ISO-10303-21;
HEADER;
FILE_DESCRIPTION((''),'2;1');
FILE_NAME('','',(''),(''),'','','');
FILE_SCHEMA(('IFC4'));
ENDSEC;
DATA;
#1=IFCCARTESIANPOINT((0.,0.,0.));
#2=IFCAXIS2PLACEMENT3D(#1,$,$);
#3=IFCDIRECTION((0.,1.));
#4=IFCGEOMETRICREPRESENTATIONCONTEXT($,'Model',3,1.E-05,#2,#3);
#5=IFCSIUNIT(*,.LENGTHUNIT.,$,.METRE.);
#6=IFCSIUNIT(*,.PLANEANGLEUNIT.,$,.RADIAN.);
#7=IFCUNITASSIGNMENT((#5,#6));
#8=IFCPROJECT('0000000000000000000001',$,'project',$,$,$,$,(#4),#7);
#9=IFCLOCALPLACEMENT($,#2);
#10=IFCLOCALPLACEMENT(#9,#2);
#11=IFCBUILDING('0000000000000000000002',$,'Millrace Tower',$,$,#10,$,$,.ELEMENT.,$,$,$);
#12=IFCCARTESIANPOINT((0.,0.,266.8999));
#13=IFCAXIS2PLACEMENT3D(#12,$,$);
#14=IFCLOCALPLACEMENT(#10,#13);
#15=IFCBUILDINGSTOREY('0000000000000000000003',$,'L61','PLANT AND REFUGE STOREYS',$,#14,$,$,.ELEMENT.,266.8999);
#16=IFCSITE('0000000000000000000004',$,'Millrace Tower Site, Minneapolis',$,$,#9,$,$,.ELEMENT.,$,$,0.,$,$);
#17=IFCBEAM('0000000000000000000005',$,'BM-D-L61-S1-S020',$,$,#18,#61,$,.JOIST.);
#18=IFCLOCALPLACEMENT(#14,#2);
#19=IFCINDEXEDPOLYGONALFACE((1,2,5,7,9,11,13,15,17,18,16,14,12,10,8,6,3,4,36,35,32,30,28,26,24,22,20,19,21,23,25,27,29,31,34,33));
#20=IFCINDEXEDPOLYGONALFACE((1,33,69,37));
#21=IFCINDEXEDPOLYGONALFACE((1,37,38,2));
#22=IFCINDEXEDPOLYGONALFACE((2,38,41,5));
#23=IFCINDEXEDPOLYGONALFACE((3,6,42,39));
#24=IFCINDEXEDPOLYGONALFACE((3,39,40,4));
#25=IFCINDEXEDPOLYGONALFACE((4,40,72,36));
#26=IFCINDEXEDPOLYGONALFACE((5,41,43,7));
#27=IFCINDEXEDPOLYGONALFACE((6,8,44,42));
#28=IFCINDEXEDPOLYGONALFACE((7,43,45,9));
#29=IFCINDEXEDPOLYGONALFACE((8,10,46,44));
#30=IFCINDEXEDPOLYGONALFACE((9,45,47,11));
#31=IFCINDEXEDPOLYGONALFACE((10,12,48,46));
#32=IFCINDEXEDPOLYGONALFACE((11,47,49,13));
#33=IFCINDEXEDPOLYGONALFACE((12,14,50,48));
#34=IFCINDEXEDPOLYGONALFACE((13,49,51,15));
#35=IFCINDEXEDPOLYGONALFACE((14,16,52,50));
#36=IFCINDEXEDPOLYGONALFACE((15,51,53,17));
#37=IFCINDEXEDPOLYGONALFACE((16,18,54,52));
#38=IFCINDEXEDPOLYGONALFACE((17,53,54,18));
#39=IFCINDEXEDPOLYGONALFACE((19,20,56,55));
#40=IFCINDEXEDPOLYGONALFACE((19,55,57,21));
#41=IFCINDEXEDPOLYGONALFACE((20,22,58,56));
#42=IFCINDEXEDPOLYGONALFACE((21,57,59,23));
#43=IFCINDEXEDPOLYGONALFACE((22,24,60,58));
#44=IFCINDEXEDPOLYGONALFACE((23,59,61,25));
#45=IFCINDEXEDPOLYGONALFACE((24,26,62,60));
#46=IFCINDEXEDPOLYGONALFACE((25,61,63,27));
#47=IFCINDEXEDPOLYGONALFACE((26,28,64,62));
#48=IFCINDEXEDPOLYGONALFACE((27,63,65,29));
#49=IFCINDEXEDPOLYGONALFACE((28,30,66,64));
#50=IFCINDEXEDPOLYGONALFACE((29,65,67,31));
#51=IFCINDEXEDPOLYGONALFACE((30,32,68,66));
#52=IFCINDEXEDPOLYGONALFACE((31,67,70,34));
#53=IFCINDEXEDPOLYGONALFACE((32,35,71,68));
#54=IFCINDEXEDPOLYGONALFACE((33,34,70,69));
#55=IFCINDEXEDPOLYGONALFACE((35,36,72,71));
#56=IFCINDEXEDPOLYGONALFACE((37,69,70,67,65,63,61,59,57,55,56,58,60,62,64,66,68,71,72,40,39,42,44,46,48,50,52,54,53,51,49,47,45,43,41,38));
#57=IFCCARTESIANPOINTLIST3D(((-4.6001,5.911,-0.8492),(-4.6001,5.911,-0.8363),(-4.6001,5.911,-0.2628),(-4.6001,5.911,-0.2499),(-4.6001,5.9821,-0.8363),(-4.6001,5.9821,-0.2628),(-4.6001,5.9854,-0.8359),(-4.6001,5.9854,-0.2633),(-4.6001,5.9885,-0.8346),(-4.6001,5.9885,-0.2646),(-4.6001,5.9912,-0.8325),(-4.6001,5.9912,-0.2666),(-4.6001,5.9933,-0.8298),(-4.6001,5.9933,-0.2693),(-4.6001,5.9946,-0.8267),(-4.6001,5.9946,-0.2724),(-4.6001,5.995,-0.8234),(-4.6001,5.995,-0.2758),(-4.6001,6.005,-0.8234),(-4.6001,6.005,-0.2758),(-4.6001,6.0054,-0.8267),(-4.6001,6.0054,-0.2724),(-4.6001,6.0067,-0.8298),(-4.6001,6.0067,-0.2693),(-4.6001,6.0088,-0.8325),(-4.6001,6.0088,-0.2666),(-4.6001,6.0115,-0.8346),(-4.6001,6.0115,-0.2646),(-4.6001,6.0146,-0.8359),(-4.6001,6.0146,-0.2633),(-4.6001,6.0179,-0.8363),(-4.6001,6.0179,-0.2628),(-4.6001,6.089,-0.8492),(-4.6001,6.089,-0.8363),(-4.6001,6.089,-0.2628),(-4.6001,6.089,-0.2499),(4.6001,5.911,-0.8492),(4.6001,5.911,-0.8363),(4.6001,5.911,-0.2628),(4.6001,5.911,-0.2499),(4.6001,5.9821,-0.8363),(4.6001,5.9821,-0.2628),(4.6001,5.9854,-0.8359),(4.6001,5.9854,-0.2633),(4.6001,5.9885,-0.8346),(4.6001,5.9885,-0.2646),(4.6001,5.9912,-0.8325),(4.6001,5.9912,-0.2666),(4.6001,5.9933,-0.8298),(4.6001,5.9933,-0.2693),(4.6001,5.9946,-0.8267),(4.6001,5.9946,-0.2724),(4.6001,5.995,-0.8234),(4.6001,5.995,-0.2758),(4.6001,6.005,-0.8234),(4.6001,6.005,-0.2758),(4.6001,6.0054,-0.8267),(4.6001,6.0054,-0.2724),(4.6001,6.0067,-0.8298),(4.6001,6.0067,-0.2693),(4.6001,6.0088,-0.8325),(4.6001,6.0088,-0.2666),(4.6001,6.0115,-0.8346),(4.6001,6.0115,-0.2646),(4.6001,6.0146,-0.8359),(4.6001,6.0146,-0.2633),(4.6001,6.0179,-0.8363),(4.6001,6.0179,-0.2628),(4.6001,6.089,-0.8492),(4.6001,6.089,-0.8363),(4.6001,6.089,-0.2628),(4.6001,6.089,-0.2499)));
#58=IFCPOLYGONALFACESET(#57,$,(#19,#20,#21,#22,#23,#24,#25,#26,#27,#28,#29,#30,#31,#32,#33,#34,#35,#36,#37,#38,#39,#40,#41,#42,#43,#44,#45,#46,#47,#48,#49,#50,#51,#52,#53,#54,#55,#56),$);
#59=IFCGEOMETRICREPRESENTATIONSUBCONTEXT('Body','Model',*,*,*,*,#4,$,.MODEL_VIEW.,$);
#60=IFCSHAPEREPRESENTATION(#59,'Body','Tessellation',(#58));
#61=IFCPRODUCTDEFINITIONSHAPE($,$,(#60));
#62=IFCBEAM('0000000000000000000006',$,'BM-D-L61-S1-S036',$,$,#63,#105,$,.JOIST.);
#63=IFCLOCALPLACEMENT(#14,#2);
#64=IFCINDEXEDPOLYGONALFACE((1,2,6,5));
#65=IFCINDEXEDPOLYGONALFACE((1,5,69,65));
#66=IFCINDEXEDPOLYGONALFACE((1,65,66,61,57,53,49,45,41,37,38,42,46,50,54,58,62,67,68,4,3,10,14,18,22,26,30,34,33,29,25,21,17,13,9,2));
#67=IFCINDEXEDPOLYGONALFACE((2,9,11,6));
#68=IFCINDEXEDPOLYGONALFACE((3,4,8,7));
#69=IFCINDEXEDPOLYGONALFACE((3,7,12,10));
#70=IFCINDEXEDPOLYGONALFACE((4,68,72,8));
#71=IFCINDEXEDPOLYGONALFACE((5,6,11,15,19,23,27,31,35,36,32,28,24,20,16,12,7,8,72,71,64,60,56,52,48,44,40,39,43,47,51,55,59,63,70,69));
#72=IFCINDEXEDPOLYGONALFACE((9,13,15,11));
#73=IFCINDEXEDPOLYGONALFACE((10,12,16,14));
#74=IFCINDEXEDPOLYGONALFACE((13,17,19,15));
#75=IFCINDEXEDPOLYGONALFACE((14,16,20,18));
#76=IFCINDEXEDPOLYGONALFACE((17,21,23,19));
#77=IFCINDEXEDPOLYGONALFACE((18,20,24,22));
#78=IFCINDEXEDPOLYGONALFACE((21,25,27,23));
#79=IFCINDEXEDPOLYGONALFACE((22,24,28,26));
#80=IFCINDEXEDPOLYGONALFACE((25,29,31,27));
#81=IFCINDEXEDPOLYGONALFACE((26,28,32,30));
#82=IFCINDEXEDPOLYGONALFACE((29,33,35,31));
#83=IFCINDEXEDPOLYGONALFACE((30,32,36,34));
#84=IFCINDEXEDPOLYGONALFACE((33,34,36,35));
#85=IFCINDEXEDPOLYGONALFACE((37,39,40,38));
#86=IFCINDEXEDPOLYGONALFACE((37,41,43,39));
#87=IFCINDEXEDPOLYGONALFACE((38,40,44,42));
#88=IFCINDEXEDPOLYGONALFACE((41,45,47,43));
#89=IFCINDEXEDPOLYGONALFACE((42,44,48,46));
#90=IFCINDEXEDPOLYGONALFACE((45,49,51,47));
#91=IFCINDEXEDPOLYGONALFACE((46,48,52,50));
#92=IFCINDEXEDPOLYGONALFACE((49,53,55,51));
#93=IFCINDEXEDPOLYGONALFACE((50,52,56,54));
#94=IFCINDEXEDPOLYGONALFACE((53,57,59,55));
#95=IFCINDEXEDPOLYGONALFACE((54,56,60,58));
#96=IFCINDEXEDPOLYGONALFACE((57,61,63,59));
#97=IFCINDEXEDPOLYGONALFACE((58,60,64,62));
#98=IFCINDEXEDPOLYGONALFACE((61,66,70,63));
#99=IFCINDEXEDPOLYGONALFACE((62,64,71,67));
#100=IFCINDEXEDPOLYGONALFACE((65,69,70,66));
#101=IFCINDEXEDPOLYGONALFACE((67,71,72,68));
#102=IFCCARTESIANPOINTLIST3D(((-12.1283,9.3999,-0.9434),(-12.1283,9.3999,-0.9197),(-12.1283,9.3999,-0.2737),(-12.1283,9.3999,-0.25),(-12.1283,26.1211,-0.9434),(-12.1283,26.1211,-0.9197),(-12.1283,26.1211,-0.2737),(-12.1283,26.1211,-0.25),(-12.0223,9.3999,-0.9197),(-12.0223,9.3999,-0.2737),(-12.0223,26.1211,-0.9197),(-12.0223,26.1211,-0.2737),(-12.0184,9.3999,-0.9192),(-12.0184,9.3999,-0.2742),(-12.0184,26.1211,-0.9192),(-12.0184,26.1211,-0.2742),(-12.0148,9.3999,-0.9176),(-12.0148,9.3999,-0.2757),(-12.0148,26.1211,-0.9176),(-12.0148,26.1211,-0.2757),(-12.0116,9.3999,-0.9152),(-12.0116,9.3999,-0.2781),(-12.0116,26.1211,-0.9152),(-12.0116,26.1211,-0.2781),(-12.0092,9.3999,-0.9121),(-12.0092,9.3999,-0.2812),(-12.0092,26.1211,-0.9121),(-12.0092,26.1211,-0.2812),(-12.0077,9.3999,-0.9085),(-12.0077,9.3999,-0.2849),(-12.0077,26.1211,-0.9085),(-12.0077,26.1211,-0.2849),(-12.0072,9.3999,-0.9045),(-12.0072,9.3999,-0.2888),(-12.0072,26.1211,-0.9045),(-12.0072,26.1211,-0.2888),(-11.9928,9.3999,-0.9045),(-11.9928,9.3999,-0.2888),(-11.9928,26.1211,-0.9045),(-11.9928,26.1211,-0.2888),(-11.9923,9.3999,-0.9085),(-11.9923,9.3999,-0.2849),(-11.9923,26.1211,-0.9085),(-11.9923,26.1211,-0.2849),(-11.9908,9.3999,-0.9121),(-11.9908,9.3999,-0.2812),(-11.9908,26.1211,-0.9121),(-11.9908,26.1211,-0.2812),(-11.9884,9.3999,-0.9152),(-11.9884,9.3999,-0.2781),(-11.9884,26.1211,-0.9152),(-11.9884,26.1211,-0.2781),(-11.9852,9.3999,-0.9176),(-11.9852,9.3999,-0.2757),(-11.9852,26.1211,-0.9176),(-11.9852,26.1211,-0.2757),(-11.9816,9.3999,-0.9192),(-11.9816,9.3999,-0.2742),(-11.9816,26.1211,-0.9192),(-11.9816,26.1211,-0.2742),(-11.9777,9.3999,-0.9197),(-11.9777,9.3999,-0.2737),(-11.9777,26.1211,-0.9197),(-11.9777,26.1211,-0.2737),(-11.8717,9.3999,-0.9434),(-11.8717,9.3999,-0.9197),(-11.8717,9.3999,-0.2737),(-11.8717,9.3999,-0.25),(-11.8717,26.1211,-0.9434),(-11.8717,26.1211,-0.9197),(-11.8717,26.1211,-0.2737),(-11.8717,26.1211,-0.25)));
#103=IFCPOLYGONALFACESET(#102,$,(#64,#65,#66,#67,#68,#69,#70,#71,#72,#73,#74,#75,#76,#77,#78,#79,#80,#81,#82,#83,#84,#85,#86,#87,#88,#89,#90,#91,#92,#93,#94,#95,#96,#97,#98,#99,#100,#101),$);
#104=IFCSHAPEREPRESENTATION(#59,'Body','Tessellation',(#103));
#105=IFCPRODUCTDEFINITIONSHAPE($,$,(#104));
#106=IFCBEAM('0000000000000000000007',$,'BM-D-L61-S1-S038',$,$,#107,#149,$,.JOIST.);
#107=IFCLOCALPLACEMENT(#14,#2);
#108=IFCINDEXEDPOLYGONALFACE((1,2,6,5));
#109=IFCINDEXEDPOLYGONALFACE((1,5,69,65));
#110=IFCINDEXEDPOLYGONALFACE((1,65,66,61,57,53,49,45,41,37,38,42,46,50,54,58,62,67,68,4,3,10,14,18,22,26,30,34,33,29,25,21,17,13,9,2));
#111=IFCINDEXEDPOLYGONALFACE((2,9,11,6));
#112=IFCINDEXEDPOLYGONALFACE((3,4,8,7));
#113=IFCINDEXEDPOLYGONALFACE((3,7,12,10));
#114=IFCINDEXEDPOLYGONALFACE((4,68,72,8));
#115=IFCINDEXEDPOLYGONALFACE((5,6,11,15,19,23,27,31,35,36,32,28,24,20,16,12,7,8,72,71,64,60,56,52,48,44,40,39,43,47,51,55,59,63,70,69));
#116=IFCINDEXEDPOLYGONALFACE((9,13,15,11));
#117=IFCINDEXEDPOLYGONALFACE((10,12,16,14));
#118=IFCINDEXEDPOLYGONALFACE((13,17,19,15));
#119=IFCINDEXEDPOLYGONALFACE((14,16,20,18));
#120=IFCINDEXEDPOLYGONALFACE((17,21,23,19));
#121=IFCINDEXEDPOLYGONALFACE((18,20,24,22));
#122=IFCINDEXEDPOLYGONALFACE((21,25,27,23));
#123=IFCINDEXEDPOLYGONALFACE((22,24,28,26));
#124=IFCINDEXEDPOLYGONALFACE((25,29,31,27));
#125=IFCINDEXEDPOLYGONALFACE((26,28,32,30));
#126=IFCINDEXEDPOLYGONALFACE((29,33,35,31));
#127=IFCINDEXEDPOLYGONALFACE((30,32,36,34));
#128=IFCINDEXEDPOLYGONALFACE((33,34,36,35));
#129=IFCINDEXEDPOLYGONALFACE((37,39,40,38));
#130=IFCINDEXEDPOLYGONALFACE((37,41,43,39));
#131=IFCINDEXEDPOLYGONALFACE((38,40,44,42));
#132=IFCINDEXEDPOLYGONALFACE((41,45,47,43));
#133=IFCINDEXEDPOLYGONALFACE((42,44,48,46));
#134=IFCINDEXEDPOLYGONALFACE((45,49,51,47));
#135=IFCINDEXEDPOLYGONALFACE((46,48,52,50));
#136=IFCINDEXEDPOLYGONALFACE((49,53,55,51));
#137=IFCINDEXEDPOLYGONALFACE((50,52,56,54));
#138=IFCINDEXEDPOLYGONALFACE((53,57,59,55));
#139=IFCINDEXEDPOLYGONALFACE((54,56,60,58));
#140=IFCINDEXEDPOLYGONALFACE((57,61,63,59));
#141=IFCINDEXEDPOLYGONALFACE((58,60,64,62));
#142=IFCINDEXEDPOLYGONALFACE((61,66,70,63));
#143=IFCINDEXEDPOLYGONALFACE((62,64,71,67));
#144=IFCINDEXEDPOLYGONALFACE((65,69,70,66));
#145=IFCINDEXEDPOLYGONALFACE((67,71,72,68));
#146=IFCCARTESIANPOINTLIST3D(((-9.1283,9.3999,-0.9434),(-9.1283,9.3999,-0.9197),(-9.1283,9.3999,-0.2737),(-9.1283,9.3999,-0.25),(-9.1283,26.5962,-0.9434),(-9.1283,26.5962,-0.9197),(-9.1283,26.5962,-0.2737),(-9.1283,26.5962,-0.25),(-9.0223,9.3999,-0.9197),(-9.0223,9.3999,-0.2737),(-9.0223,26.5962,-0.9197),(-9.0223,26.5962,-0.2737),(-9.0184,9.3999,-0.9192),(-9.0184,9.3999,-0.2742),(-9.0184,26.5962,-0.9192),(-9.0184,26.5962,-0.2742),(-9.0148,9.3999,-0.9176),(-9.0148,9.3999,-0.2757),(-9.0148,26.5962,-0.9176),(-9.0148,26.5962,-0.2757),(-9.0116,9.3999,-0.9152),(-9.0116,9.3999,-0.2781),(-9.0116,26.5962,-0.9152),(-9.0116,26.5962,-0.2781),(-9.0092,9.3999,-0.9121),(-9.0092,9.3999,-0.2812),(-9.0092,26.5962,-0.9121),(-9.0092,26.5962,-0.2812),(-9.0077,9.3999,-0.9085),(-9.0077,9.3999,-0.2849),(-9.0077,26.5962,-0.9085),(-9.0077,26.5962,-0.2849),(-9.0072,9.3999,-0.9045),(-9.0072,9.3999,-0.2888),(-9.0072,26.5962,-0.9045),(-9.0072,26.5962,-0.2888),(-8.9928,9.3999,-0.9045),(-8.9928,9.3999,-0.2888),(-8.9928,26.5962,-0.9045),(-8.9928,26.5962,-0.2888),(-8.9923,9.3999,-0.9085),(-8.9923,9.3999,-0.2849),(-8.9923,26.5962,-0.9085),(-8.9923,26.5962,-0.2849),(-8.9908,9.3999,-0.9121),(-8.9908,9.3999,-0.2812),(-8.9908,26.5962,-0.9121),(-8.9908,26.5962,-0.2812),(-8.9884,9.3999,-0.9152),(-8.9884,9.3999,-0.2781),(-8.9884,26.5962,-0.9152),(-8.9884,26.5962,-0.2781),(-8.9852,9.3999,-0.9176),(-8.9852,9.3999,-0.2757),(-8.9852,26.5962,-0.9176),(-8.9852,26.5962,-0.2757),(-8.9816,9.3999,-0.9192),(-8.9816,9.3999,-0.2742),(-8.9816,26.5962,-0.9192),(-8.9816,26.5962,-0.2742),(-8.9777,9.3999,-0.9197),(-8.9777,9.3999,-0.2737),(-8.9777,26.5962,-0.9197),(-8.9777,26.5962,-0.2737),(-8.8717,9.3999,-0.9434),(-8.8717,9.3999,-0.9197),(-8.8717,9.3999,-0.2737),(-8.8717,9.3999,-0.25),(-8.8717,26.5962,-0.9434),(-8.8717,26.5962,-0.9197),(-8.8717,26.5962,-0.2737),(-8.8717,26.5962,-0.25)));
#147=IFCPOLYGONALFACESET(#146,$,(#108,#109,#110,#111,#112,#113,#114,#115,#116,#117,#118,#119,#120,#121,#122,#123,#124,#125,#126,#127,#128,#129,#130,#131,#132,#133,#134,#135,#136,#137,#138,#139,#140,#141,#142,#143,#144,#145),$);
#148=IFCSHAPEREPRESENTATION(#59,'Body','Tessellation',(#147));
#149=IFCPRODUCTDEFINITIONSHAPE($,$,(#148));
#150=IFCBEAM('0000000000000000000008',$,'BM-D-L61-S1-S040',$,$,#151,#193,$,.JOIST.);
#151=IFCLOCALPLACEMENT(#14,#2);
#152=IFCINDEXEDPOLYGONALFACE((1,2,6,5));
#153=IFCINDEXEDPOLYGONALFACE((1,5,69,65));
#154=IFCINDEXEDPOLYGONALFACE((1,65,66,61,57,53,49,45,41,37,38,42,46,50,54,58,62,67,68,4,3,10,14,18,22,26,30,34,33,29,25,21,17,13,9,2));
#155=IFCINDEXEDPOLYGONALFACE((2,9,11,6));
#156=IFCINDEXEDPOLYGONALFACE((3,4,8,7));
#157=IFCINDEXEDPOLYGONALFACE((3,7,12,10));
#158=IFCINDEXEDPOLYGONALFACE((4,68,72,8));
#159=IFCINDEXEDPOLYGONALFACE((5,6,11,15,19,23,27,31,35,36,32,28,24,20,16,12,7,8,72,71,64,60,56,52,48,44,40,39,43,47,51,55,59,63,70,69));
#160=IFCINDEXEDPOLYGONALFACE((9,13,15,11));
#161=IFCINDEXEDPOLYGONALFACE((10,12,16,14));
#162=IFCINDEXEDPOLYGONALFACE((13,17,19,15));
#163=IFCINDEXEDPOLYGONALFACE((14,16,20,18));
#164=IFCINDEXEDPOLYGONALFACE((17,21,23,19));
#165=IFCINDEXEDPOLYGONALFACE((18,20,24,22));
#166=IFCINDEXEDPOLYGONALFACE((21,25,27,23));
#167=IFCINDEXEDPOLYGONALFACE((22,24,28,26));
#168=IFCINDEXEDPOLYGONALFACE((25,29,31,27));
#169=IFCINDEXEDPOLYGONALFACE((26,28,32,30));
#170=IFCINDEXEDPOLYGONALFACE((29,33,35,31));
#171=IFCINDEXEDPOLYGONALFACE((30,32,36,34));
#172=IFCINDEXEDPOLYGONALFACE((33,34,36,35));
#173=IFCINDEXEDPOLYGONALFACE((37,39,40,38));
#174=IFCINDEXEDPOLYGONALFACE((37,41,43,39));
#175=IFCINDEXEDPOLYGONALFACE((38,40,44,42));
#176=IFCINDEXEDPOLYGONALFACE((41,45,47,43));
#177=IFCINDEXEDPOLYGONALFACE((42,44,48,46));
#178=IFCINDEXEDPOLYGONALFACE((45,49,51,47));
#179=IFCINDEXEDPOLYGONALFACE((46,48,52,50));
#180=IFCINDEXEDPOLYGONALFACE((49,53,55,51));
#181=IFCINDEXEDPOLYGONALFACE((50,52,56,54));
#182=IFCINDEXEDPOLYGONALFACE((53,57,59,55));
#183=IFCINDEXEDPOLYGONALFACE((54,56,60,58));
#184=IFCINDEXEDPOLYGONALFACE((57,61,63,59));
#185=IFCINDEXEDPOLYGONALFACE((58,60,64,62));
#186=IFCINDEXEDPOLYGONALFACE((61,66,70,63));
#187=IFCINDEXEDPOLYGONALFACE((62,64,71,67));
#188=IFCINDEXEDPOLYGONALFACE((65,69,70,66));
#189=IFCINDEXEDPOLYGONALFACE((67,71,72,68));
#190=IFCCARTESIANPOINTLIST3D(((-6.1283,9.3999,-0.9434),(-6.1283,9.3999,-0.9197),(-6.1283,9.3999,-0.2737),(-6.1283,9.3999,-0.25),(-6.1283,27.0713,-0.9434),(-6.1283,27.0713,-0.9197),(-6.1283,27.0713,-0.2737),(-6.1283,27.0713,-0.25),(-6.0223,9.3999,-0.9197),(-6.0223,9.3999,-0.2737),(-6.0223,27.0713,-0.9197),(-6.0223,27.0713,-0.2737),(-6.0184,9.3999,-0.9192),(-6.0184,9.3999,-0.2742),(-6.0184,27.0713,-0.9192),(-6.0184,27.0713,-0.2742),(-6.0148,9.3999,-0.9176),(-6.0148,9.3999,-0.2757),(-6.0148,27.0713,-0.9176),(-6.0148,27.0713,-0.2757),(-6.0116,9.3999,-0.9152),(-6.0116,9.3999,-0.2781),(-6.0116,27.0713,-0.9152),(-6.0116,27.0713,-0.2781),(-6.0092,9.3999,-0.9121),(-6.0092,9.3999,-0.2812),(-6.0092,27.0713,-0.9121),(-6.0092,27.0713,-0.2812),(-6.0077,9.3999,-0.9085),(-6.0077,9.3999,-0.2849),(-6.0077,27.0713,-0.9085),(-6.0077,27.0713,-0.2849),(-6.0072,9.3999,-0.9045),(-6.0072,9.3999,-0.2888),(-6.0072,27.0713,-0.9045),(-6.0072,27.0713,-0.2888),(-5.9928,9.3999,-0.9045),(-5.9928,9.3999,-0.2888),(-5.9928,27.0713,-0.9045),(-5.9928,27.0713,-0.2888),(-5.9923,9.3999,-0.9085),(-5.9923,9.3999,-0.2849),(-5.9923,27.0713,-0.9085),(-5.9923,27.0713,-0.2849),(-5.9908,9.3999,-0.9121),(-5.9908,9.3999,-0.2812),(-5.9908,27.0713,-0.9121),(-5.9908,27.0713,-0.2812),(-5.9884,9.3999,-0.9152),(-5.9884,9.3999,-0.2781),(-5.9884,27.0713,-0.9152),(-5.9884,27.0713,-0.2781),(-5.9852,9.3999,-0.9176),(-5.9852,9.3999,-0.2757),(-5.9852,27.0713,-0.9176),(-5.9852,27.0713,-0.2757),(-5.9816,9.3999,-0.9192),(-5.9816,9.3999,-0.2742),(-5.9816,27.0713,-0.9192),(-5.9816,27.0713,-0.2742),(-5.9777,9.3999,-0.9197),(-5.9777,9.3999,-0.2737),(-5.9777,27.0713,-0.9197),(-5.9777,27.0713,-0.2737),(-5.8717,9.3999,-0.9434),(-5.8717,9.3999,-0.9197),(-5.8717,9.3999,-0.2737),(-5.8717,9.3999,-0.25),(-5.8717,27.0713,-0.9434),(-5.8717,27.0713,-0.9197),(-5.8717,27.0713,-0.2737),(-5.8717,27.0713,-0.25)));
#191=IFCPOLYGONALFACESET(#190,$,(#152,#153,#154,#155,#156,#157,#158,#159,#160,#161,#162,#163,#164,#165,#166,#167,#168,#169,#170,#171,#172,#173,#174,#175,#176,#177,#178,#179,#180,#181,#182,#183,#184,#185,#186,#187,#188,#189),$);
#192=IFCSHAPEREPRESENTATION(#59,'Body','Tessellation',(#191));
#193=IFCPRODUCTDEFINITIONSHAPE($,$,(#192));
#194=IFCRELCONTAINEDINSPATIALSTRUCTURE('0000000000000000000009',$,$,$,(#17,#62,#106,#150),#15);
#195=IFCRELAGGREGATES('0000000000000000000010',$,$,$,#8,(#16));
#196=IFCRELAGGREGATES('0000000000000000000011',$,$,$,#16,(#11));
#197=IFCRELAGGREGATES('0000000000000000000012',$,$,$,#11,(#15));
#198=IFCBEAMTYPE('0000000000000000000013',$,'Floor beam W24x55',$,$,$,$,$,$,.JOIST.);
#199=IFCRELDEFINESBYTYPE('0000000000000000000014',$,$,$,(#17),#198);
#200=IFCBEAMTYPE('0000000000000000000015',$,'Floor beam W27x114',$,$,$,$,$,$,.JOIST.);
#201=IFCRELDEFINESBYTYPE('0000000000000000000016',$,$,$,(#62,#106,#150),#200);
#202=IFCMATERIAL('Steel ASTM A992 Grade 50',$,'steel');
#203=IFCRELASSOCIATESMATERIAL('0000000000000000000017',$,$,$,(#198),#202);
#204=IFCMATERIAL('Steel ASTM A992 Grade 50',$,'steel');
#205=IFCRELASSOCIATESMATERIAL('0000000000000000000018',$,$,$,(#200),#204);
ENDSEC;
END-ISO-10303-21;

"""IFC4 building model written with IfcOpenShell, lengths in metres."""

from ifc_helpers import new_model, si_unit, direction, frame, origin, origin_2d, place, context, subcontext, project, spatial, i_section, extrude, material, material_profile, profile_set, type_object, element, save


model = new_model("IFC4")

# Units and contexts
model_context = context("Model", 3, precision=1e-05, world=origin(), true_north=direction((0.0, 1.0)))
body_context = subcontext(model_context, "Body", "Model", "MODEL_VIEW")
ifc_project = project(units=[si_unit("LENGTHUNIT", "METRE"), si_unit("PLANEANGLEUNIT", "RADIAN")], contexts=[model_context])

# Site, building, storey
site_placement = place(None, origin())
site = spatial("IfcSite", under=ifc_project, at=site_placement, Name="Millrace Tower Site, Minneapolis", CompositionType="ELEMENT", RefElevation=0.0)
building_placement = place(site_placement, origin())
building = spatial("IfcBuilding", under=site, at=building_placement, Name="Millrace Tower", CompositionType="ELEMENT")
storey_placement = place(building_placement, frame((0.0, 0.0, 266.8999)))
storey = spatial("IfcBuildingStorey", under=building, at=storey_placement, Name="L61", Description="PLANT AND REFUGE STOREYS", CompositionType="ELEMENT", Elevation=266.8999)

# Beams
ifc_material_1 = material(Name="Steel ASTM A992 Grade 50", Category="steel")
ifc_material_profile_1 = material_profile(ifc_material_1, i_section(OverallWidth=0.178, OverallDepth=0.5994, WebThickness=0.01, FlangeThickness=0.0129, FilletRadius=0.0129, at=origin_2d()))
ifc_profile_set_1 = profile_set([ifc_material_profile_1], Name="Steel ASTM A992 Grade 50")
beam_type_1 = type_object("IfcBeamType", Name="Floor beam W24x55", PredefinedType="JOIST", material=ifc_profile_set_1)
beam_1_placement = place(storey_placement, frame((-4.6001, 6.0, -0.5496), z_axis=(1.0, 0.0, 0.0), x_axis=(0.0, 1.0, 0.0)))
element("IfcBeam", 1, at=beam_1_placement, inside=storey, type_object=beam_type_1, Name="BM-D-L61-S1-S020", PredefinedType="JOIST", context=body_context, shape_type="SweptSolid", body=[
    extrude(i_section(OverallWidth=0.178, OverallDepth=0.5994, WebThickness=0.01, FlangeThickness=0.0129, FilletRadius=0.0129, at=origin_2d()), origin(), (0.0, 0.0, 1.0), 9.2002),
])
ifc_material_2 = material(Name="Steel ASTM A992 Grade 50", Category="steel")
ifc_material_profile_2 = material_profile(ifc_material_2, i_section(OverallWidth=0.2566, OverallDepth=0.6934, WebThickness=0.0144, FlangeThickness=0.0237, FilletRadius=0.0151, at=origin_2d()))
ifc_profile_set_2 = profile_set([ifc_material_profile_2], Name="Steel ASTM A992 Grade 50")
beam_type_2 = type_object("IfcBeamType", Name="Floor beam W27x114", PredefinedType="JOIST", material=ifc_profile_set_2)
beam_2_placement = place(storey_placement, frame((-12.0, 9.3999, -0.5967), z_axis=(0.0, 1.0, 0.0), x_axis=(-1.0, 0.0, 0.0)))
element("IfcBeam", 2, at=beam_2_placement, inside=storey, type_object=beam_type_2, Name="BM-D-L61-S1-S036", PredefinedType="JOIST", context=body_context, shape_type="SweptSolid", body=[
    extrude(i_section(OverallWidth=0.2566, OverallDepth=0.6934, WebThickness=0.0144, FlangeThickness=0.0237, FilletRadius=0.0151, at=origin_2d()), origin(), (0.0, 0.0, 1.0), 16.7212),
])
beam_3_placement = place(storey_placement, frame((-9.0, 9.3999, -0.5967), z_axis=(0.0, 1.0, 0.0), x_axis=(-1.0, 0.0, 0.0)))
element("IfcBeam", 3, at=beam_3_placement, inside=storey, type_object=beam_type_2, Name="BM-D-L61-S1-S038", PredefinedType="JOIST", context=body_context, shape_type="SweptSolid", body=[
    extrude(i_section(OverallWidth=0.2566, OverallDepth=0.6934, WebThickness=0.0144, FlangeThickness=0.0237, FilletRadius=0.0151, at=origin_2d()), origin(), (0.0, 0.0, 1.0), 17.1963),
])
beam_4_placement = place(storey_placement, frame((-6.0, 9.3999, -0.5967), z_axis=(0.0, 1.0, 0.0), x_axis=(-1.0, 0.0, 0.0)))
element("IfcBeam", 4, at=beam_4_placement, inside=storey, type_object=beam_type_2, Name="BM-D-L61-S1-S040", PredefinedType="JOIST", context=body_context, shape_type="SweptSolid", body=[
    extrude(i_section(OverallWidth=0.2566, OverallDepth=0.6934, WebThickness=0.0144, FlangeThickness=0.0237, FilletRadius=0.0151, at=origin_2d()), origin(), (0.0, 0.0, 1.0), 17.6714),
])

save(model, "model.ifc")
